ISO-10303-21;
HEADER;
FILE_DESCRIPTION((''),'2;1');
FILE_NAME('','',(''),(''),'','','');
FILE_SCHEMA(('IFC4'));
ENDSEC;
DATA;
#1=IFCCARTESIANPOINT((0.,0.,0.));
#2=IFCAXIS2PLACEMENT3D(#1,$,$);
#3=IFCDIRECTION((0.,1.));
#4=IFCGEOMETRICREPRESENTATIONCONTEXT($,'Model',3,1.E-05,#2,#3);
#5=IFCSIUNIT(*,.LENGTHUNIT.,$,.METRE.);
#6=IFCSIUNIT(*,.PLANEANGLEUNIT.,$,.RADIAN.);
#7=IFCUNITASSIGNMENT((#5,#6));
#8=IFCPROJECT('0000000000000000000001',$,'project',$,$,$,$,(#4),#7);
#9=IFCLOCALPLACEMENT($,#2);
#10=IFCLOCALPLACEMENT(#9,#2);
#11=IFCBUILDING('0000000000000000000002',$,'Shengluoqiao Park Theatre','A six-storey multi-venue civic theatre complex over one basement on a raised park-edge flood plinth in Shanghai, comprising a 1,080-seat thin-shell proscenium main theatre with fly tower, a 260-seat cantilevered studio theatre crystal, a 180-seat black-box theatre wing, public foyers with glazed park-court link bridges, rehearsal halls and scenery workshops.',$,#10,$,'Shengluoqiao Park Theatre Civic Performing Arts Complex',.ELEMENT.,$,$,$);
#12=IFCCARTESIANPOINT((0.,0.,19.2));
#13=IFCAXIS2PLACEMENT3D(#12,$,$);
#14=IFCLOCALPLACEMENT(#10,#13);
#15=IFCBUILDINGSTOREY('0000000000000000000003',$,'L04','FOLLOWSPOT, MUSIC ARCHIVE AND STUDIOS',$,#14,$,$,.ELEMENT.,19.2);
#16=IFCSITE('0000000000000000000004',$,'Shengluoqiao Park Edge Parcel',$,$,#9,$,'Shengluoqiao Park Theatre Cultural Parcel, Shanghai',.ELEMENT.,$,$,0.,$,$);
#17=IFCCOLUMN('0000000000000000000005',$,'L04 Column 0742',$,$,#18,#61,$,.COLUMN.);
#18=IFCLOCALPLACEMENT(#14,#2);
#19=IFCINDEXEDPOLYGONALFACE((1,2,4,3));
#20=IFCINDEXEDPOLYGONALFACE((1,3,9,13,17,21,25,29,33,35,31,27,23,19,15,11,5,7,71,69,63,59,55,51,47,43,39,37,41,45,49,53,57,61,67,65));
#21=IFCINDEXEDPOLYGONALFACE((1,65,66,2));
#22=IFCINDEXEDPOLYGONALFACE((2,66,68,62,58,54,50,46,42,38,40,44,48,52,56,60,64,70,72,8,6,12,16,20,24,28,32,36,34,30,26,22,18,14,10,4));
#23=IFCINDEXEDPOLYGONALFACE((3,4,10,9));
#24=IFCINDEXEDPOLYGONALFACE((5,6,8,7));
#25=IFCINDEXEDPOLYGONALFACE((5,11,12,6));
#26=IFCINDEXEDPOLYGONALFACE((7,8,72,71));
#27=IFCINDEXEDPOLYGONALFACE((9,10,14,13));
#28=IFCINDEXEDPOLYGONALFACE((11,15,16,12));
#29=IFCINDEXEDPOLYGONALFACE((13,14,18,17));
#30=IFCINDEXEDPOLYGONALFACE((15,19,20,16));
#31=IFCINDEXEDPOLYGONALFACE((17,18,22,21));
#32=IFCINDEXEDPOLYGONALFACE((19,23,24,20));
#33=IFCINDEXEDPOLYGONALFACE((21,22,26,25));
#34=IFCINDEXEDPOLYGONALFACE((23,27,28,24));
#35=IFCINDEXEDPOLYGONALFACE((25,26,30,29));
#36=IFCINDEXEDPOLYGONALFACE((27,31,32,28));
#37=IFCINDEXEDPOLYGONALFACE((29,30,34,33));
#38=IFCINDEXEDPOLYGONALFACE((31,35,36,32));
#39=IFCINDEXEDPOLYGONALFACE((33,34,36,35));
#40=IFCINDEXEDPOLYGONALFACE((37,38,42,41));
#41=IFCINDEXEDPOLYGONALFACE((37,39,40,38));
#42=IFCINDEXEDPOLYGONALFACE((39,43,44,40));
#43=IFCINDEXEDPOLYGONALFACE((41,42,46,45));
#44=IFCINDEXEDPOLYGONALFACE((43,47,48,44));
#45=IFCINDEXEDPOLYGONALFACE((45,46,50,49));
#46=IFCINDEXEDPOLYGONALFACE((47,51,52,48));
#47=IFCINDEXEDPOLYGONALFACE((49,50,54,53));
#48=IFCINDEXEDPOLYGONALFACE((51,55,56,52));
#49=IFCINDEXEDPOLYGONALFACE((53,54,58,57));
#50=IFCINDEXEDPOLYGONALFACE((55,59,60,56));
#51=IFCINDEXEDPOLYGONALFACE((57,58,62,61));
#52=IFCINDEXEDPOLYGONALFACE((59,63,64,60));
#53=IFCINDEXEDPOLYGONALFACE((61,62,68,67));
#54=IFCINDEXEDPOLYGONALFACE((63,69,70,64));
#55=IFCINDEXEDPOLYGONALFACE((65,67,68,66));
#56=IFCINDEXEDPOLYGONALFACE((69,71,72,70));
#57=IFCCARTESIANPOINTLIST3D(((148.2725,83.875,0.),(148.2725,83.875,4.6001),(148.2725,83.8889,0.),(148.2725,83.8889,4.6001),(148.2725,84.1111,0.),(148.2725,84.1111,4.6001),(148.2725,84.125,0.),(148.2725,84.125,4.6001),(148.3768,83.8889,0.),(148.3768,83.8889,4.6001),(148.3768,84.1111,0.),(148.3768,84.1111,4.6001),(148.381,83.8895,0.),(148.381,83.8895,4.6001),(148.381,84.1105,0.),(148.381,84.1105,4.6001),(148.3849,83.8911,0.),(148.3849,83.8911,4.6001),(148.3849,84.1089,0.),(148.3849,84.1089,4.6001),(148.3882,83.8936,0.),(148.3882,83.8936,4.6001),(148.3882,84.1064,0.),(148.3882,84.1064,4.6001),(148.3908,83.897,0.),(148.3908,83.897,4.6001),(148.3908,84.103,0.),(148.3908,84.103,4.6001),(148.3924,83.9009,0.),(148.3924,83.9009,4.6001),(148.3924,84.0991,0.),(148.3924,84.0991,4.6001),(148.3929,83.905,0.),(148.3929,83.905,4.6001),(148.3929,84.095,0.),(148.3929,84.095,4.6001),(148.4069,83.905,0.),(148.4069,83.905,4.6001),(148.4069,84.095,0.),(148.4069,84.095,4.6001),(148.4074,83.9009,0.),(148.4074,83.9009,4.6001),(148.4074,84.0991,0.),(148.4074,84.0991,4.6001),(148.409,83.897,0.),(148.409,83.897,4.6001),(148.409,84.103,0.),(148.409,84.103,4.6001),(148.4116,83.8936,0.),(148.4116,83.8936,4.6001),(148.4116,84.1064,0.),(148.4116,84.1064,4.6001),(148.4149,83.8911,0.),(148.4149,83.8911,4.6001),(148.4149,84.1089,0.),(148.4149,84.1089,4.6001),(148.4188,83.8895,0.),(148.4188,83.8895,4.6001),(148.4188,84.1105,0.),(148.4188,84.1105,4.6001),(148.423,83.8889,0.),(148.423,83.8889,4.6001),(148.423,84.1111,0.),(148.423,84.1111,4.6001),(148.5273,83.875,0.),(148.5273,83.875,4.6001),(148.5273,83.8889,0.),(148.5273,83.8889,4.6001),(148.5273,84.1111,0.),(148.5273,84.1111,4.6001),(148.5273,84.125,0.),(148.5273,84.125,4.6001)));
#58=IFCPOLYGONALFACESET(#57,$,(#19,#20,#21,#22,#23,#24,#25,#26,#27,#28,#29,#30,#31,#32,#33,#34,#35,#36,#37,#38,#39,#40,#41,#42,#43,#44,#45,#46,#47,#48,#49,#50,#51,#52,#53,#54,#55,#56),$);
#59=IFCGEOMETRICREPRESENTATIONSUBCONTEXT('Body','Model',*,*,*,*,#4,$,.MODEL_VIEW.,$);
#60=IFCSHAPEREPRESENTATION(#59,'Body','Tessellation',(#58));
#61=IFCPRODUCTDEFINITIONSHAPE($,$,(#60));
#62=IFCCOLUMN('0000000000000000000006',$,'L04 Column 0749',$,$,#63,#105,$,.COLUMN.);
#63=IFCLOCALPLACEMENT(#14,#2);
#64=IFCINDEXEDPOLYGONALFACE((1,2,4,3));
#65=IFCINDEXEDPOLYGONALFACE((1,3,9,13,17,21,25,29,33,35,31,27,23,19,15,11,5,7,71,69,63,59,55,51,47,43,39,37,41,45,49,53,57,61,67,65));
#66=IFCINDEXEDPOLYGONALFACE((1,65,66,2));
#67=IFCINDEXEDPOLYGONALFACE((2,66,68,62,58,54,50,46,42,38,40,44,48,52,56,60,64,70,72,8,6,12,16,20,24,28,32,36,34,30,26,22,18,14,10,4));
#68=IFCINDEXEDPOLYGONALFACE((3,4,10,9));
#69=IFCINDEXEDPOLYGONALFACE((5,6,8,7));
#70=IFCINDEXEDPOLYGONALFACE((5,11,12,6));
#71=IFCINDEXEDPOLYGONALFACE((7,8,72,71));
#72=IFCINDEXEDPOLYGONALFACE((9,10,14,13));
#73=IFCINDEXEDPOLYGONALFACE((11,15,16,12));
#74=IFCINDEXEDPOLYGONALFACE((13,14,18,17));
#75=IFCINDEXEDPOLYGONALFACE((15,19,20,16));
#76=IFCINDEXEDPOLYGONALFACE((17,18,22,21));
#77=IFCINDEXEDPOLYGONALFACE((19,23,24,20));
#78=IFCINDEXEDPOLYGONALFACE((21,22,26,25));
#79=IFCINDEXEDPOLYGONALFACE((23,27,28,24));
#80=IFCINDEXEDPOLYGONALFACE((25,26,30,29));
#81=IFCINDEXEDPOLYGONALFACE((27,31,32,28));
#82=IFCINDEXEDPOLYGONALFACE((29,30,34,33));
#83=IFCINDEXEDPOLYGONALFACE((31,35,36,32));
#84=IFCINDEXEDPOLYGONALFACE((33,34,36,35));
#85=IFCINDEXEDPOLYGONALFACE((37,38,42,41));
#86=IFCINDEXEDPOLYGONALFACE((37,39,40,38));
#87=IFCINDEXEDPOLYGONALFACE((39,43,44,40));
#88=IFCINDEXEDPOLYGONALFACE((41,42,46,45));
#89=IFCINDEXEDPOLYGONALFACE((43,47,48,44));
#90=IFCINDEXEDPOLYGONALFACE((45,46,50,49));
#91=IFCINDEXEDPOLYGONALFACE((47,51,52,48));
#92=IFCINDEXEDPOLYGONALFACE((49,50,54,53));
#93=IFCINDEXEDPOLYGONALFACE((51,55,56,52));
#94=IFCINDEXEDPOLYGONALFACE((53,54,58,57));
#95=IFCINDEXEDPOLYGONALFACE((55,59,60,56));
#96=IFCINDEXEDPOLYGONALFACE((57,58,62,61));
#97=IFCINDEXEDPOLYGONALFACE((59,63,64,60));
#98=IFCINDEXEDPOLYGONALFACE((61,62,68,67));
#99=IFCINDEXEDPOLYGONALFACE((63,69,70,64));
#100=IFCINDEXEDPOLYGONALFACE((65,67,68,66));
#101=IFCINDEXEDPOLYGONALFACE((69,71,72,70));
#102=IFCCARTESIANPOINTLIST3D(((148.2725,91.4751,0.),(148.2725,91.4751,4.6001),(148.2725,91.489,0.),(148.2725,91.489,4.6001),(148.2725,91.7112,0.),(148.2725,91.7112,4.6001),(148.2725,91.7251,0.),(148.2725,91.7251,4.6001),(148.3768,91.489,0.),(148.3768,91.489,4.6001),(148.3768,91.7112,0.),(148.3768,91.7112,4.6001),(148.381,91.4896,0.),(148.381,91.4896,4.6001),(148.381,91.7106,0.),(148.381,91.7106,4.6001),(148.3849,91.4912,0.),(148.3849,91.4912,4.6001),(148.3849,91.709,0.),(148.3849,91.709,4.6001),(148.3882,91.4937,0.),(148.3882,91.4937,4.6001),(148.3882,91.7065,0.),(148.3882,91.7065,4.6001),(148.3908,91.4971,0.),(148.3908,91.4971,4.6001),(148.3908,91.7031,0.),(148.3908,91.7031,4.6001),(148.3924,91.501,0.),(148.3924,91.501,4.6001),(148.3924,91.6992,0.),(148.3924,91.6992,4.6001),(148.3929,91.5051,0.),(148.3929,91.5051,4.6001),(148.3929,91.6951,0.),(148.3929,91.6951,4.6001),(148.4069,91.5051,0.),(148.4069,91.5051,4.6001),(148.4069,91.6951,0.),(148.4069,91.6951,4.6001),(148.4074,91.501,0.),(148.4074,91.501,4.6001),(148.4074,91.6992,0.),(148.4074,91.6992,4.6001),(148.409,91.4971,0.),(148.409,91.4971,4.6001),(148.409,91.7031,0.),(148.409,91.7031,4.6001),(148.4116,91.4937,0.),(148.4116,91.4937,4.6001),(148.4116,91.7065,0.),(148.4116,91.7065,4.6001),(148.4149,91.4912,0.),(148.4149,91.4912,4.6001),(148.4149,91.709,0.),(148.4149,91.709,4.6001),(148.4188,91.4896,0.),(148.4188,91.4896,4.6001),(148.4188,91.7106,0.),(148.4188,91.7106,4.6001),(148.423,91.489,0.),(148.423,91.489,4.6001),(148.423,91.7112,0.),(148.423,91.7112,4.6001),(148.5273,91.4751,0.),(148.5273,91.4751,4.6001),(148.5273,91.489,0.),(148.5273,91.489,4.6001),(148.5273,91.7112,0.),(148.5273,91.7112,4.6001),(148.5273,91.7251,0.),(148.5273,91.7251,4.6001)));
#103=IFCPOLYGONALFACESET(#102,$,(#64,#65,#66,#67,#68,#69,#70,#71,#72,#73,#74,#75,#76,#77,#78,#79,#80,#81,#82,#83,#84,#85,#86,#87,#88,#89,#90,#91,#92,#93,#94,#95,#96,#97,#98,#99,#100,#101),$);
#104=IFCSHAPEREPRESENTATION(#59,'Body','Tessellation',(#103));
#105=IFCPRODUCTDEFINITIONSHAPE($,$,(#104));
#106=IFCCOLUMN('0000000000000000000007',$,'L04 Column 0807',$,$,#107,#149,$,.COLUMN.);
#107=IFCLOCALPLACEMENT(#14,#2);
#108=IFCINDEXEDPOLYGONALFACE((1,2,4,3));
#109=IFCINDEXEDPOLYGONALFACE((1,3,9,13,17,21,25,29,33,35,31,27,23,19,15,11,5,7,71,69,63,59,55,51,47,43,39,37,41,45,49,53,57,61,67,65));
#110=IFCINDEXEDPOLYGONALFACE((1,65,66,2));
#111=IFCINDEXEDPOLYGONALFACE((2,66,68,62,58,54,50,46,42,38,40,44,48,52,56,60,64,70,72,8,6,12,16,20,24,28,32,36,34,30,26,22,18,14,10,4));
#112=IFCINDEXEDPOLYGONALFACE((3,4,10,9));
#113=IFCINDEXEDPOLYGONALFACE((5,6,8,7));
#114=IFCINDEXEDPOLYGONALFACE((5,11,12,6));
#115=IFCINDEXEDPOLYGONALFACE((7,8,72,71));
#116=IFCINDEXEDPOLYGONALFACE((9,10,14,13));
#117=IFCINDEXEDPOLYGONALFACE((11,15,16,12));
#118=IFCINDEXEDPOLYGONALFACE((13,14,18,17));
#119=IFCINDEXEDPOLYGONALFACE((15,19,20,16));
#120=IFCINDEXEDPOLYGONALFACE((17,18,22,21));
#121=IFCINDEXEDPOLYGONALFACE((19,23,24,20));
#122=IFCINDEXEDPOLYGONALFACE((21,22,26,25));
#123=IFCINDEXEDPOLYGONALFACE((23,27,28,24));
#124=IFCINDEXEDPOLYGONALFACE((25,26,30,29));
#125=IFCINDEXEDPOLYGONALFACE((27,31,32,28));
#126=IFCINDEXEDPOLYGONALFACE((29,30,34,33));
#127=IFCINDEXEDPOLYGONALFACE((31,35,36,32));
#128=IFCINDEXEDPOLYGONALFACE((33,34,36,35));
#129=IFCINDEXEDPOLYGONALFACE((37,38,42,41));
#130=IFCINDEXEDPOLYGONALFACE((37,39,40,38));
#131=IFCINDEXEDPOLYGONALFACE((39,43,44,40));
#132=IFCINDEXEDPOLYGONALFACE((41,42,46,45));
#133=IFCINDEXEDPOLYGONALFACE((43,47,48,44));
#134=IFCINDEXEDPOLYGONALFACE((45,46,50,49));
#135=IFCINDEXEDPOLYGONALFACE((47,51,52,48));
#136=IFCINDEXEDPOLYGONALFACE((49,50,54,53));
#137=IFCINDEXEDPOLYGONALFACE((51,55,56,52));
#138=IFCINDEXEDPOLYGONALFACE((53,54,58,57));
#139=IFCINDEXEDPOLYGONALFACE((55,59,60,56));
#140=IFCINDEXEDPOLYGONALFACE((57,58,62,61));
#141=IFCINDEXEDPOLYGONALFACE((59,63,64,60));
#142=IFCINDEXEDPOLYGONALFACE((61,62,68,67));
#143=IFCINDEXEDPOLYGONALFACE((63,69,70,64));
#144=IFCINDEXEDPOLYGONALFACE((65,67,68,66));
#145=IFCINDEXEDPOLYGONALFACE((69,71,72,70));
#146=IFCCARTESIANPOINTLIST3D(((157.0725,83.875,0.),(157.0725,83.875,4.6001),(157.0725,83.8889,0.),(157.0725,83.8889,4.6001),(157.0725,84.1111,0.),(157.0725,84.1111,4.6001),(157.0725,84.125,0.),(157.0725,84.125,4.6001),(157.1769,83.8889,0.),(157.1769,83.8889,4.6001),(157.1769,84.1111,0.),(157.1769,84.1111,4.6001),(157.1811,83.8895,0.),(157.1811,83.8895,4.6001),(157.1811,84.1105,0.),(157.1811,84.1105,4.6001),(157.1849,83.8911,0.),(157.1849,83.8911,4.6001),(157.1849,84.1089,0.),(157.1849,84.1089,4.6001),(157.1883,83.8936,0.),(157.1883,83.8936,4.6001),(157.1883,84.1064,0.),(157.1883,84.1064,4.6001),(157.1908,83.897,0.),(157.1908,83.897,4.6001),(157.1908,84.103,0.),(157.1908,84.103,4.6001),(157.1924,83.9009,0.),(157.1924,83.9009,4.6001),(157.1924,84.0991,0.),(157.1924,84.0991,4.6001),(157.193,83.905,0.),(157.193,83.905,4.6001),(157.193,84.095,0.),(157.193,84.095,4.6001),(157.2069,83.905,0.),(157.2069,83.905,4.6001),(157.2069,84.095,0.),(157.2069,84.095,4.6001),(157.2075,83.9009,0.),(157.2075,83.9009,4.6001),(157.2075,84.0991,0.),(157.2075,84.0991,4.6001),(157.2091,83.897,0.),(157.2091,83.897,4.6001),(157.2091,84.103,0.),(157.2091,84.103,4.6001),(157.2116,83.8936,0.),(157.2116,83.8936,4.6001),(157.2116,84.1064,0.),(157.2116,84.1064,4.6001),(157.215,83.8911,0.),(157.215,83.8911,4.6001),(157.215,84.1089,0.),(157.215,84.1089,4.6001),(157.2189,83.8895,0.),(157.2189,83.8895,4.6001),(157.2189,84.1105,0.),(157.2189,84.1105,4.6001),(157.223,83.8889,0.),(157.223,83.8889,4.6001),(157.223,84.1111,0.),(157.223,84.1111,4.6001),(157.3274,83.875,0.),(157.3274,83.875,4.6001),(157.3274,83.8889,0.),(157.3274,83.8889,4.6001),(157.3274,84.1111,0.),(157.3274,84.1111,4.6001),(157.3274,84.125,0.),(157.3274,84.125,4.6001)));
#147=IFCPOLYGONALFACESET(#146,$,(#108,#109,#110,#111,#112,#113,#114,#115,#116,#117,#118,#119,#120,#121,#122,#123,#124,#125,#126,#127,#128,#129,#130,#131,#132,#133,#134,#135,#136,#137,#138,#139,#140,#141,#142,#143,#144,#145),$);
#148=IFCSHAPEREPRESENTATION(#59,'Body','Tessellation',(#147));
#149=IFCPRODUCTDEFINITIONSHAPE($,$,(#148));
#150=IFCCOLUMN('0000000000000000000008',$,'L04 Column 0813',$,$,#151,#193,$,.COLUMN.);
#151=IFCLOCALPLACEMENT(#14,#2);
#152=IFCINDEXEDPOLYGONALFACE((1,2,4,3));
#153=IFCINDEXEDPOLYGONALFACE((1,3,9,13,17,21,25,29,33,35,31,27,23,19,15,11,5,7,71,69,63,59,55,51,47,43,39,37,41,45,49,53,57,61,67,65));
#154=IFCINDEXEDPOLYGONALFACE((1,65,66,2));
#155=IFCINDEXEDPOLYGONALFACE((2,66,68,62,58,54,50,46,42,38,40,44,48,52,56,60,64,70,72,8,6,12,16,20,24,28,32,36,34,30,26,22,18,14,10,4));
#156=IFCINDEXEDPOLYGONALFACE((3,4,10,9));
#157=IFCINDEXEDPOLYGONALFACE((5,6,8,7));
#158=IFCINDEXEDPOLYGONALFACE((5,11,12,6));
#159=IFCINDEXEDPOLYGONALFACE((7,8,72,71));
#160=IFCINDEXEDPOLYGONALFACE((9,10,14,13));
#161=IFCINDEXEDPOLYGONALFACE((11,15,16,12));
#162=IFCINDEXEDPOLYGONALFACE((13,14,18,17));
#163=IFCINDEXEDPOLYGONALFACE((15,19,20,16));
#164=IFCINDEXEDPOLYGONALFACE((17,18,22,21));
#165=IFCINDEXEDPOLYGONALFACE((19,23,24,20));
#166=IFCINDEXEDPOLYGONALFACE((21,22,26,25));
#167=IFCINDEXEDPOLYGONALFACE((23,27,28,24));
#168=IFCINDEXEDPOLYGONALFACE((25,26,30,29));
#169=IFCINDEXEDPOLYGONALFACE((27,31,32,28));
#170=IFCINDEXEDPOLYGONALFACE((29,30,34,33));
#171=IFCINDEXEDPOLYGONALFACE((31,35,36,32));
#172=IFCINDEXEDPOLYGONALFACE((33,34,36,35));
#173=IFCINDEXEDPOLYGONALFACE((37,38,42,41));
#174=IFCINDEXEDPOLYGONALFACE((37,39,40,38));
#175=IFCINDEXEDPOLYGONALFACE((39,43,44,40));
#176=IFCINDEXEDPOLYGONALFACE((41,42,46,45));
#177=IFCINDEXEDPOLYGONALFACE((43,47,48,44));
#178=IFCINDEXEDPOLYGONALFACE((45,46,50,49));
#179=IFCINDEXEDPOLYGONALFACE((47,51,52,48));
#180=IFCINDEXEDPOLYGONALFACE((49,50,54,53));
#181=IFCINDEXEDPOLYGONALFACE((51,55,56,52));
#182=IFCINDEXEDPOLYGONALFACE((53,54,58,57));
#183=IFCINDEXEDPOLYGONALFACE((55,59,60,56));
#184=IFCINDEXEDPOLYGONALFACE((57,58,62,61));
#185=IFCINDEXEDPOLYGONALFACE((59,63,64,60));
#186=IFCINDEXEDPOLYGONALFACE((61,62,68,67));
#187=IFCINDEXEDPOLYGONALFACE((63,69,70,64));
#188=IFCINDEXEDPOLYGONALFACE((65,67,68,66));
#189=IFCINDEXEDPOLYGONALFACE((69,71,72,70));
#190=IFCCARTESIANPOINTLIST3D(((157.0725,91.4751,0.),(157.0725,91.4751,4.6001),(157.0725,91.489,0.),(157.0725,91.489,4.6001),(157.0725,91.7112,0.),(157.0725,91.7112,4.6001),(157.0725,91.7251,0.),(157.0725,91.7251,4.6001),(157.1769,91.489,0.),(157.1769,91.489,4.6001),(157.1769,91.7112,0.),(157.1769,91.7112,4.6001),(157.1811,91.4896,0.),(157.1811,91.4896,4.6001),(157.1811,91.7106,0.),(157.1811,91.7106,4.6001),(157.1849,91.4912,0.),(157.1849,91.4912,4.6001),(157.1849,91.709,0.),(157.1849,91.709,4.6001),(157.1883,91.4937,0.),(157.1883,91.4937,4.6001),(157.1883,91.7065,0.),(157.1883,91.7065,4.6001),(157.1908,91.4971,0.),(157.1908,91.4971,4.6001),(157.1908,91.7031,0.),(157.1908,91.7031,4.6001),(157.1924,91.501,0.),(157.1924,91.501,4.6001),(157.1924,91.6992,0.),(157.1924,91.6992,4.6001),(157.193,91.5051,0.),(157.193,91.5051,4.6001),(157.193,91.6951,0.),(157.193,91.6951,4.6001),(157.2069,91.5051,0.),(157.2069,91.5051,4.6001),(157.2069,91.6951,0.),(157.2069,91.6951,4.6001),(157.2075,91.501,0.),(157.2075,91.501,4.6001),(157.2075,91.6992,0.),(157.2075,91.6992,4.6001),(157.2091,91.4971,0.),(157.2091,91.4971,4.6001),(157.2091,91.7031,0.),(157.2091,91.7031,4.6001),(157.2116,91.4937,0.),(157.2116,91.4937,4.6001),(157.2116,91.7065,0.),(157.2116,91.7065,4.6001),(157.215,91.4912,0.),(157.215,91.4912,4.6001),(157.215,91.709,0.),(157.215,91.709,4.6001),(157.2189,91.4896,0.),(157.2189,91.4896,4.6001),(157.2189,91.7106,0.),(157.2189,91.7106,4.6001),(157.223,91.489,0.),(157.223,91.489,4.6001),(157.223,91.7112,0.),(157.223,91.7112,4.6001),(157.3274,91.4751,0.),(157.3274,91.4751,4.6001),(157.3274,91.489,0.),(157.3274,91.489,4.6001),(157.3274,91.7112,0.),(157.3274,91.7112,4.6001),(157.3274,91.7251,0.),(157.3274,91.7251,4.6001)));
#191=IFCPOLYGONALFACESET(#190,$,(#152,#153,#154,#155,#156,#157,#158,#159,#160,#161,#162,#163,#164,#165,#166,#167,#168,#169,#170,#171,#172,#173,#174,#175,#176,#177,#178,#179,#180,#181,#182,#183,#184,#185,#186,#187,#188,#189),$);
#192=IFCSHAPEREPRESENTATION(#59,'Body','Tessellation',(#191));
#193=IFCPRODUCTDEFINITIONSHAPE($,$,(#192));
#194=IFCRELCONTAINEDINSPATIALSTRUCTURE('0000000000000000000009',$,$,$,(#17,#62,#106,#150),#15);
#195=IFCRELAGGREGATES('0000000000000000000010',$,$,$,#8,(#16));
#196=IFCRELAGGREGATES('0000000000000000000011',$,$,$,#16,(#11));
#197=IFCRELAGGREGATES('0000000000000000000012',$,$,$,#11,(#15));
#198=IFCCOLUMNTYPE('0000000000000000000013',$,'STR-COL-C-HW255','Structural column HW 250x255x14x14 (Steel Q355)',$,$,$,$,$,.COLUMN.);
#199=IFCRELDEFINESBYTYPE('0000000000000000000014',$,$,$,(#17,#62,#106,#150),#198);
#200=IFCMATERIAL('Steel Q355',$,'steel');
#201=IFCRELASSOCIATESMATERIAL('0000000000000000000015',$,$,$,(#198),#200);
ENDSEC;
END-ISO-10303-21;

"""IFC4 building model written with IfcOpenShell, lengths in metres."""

from ifc_helpers import new_model, si_unit, direction, frame, origin, origin_2d, place, context, subcontext, project, spatial, i_section, extrude, material, material_profile, profile_set, type_object, element, save


model = new_model("IFC4")

# Units and contexts
model_context = context("Model", 3, precision=1e-05, world=origin(), true_north=direction((0.0, 1.0)))
body_context = subcontext(model_context, "Body", "Model", "MODEL_VIEW")
ifc_project = project(units=[si_unit("LENGTHUNIT", "METRE"), si_unit("PLANEANGLEUNIT", "RADIAN")], contexts=[model_context])

# Site, building, storey
site_placement = place(None, origin())
site = spatial("IfcSite", under=ifc_project, at=site_placement, Name="Shengluoqiao Park Edge Parcel", LongName="Shengluoqiao Park Theatre Cultural Parcel, Shanghai", CompositionType="ELEMENT", RefElevation=0.0)
building_placement = place(site_placement, origin())
building = spatial("IfcBuilding", under=site, at=building_placement, Name="Shengluoqiao Park Theatre", Description="A six-storey multi-venue civic theatre complex over one basement on a raised park-edge flood plinth in Shanghai, comprising a 1,080-seat thin-shell proscenium main theatre with fly tower, a 260-seat cantilevered studio theatre crystal, a 180-seat black-box theatre wing, public foyers with glazed park-court link bridges, rehearsal halls and scenery workshops.", LongName="Shengluoqiao Park Theatre Civic Performing Arts Complex", CompositionType="ELEMENT")
storey_placement = place(building_placement, frame((0.0, 0.0, 19.2)))
storey = spatial("IfcBuildingStorey", under=building, at=storey_placement, Name="L04", Description="FOLLOWSPOT, MUSIC ARCHIVE AND STUDIOS", CompositionType="ELEMENT", Elevation=19.2)

# Columns
ifc_material_1 = material(Name="Steel Q355", Category="steel")
ifc_material_profile_1 = material_profile(ifc_material_1, i_section(OverallWidth=0.2549, OverallDepth=0.25, WebThickness=0.0139, FlangeThickness=0.0139, FilletRadius=0.0161, at=origin_2d()), Name="HW 250x255x14x14")
ifc_profile_set_1 = profile_set([ifc_material_profile_1], Name="Steel Q355")
column_type = type_object("IfcColumnType", Name="STR-COL-C-HW255", Description="Structural column HW 250x255x14x14 (Steel Q355)", PredefinedType="COLUMN", material=ifc_profile_set_1)
for number, where, z_axis, x_axis, name in (
    (1, (148.3999, 84.0, 0.0), (0.0, 0.0, 1.0), (1.0, 0.0, 0.0), "L04 Column 0742"),
    (2, (148.3999, 91.6001, 0.0), (0.0, 0.0, 1.0), (1.0, 0.0, 0.0), "L04 Column 0749"),
    (3, (157.2, 84.0, 0.0), (0.0, 0.0, 1.0), (1.0, 0.0, 0.0), "L04 Column 0807"),
    (4, (157.2, 91.6001, 0.0), (0.0, 0.0, 1.0), (1.0, 0.0, 0.0), "L04 Column 0813"),
):
    element("IfcColumn", number, at=place(storey_placement, frame(where, z_axis=z_axis, x_axis=x_axis)), inside=storey, type_object=column_type, Name=name, PredefinedType="COLUMN", context=body_context, shape_type="SweptSolid", body=[
        extrude(i_section(OverallWidth=0.2549, OverallDepth=0.25, WebThickness=0.0139, FlangeThickness=0.0139, FilletRadius=0.0161, at=origin_2d()), origin(), (0.0, 0.0, 1.0), 4.6001),
    ])

save(model, "model.ifc")
